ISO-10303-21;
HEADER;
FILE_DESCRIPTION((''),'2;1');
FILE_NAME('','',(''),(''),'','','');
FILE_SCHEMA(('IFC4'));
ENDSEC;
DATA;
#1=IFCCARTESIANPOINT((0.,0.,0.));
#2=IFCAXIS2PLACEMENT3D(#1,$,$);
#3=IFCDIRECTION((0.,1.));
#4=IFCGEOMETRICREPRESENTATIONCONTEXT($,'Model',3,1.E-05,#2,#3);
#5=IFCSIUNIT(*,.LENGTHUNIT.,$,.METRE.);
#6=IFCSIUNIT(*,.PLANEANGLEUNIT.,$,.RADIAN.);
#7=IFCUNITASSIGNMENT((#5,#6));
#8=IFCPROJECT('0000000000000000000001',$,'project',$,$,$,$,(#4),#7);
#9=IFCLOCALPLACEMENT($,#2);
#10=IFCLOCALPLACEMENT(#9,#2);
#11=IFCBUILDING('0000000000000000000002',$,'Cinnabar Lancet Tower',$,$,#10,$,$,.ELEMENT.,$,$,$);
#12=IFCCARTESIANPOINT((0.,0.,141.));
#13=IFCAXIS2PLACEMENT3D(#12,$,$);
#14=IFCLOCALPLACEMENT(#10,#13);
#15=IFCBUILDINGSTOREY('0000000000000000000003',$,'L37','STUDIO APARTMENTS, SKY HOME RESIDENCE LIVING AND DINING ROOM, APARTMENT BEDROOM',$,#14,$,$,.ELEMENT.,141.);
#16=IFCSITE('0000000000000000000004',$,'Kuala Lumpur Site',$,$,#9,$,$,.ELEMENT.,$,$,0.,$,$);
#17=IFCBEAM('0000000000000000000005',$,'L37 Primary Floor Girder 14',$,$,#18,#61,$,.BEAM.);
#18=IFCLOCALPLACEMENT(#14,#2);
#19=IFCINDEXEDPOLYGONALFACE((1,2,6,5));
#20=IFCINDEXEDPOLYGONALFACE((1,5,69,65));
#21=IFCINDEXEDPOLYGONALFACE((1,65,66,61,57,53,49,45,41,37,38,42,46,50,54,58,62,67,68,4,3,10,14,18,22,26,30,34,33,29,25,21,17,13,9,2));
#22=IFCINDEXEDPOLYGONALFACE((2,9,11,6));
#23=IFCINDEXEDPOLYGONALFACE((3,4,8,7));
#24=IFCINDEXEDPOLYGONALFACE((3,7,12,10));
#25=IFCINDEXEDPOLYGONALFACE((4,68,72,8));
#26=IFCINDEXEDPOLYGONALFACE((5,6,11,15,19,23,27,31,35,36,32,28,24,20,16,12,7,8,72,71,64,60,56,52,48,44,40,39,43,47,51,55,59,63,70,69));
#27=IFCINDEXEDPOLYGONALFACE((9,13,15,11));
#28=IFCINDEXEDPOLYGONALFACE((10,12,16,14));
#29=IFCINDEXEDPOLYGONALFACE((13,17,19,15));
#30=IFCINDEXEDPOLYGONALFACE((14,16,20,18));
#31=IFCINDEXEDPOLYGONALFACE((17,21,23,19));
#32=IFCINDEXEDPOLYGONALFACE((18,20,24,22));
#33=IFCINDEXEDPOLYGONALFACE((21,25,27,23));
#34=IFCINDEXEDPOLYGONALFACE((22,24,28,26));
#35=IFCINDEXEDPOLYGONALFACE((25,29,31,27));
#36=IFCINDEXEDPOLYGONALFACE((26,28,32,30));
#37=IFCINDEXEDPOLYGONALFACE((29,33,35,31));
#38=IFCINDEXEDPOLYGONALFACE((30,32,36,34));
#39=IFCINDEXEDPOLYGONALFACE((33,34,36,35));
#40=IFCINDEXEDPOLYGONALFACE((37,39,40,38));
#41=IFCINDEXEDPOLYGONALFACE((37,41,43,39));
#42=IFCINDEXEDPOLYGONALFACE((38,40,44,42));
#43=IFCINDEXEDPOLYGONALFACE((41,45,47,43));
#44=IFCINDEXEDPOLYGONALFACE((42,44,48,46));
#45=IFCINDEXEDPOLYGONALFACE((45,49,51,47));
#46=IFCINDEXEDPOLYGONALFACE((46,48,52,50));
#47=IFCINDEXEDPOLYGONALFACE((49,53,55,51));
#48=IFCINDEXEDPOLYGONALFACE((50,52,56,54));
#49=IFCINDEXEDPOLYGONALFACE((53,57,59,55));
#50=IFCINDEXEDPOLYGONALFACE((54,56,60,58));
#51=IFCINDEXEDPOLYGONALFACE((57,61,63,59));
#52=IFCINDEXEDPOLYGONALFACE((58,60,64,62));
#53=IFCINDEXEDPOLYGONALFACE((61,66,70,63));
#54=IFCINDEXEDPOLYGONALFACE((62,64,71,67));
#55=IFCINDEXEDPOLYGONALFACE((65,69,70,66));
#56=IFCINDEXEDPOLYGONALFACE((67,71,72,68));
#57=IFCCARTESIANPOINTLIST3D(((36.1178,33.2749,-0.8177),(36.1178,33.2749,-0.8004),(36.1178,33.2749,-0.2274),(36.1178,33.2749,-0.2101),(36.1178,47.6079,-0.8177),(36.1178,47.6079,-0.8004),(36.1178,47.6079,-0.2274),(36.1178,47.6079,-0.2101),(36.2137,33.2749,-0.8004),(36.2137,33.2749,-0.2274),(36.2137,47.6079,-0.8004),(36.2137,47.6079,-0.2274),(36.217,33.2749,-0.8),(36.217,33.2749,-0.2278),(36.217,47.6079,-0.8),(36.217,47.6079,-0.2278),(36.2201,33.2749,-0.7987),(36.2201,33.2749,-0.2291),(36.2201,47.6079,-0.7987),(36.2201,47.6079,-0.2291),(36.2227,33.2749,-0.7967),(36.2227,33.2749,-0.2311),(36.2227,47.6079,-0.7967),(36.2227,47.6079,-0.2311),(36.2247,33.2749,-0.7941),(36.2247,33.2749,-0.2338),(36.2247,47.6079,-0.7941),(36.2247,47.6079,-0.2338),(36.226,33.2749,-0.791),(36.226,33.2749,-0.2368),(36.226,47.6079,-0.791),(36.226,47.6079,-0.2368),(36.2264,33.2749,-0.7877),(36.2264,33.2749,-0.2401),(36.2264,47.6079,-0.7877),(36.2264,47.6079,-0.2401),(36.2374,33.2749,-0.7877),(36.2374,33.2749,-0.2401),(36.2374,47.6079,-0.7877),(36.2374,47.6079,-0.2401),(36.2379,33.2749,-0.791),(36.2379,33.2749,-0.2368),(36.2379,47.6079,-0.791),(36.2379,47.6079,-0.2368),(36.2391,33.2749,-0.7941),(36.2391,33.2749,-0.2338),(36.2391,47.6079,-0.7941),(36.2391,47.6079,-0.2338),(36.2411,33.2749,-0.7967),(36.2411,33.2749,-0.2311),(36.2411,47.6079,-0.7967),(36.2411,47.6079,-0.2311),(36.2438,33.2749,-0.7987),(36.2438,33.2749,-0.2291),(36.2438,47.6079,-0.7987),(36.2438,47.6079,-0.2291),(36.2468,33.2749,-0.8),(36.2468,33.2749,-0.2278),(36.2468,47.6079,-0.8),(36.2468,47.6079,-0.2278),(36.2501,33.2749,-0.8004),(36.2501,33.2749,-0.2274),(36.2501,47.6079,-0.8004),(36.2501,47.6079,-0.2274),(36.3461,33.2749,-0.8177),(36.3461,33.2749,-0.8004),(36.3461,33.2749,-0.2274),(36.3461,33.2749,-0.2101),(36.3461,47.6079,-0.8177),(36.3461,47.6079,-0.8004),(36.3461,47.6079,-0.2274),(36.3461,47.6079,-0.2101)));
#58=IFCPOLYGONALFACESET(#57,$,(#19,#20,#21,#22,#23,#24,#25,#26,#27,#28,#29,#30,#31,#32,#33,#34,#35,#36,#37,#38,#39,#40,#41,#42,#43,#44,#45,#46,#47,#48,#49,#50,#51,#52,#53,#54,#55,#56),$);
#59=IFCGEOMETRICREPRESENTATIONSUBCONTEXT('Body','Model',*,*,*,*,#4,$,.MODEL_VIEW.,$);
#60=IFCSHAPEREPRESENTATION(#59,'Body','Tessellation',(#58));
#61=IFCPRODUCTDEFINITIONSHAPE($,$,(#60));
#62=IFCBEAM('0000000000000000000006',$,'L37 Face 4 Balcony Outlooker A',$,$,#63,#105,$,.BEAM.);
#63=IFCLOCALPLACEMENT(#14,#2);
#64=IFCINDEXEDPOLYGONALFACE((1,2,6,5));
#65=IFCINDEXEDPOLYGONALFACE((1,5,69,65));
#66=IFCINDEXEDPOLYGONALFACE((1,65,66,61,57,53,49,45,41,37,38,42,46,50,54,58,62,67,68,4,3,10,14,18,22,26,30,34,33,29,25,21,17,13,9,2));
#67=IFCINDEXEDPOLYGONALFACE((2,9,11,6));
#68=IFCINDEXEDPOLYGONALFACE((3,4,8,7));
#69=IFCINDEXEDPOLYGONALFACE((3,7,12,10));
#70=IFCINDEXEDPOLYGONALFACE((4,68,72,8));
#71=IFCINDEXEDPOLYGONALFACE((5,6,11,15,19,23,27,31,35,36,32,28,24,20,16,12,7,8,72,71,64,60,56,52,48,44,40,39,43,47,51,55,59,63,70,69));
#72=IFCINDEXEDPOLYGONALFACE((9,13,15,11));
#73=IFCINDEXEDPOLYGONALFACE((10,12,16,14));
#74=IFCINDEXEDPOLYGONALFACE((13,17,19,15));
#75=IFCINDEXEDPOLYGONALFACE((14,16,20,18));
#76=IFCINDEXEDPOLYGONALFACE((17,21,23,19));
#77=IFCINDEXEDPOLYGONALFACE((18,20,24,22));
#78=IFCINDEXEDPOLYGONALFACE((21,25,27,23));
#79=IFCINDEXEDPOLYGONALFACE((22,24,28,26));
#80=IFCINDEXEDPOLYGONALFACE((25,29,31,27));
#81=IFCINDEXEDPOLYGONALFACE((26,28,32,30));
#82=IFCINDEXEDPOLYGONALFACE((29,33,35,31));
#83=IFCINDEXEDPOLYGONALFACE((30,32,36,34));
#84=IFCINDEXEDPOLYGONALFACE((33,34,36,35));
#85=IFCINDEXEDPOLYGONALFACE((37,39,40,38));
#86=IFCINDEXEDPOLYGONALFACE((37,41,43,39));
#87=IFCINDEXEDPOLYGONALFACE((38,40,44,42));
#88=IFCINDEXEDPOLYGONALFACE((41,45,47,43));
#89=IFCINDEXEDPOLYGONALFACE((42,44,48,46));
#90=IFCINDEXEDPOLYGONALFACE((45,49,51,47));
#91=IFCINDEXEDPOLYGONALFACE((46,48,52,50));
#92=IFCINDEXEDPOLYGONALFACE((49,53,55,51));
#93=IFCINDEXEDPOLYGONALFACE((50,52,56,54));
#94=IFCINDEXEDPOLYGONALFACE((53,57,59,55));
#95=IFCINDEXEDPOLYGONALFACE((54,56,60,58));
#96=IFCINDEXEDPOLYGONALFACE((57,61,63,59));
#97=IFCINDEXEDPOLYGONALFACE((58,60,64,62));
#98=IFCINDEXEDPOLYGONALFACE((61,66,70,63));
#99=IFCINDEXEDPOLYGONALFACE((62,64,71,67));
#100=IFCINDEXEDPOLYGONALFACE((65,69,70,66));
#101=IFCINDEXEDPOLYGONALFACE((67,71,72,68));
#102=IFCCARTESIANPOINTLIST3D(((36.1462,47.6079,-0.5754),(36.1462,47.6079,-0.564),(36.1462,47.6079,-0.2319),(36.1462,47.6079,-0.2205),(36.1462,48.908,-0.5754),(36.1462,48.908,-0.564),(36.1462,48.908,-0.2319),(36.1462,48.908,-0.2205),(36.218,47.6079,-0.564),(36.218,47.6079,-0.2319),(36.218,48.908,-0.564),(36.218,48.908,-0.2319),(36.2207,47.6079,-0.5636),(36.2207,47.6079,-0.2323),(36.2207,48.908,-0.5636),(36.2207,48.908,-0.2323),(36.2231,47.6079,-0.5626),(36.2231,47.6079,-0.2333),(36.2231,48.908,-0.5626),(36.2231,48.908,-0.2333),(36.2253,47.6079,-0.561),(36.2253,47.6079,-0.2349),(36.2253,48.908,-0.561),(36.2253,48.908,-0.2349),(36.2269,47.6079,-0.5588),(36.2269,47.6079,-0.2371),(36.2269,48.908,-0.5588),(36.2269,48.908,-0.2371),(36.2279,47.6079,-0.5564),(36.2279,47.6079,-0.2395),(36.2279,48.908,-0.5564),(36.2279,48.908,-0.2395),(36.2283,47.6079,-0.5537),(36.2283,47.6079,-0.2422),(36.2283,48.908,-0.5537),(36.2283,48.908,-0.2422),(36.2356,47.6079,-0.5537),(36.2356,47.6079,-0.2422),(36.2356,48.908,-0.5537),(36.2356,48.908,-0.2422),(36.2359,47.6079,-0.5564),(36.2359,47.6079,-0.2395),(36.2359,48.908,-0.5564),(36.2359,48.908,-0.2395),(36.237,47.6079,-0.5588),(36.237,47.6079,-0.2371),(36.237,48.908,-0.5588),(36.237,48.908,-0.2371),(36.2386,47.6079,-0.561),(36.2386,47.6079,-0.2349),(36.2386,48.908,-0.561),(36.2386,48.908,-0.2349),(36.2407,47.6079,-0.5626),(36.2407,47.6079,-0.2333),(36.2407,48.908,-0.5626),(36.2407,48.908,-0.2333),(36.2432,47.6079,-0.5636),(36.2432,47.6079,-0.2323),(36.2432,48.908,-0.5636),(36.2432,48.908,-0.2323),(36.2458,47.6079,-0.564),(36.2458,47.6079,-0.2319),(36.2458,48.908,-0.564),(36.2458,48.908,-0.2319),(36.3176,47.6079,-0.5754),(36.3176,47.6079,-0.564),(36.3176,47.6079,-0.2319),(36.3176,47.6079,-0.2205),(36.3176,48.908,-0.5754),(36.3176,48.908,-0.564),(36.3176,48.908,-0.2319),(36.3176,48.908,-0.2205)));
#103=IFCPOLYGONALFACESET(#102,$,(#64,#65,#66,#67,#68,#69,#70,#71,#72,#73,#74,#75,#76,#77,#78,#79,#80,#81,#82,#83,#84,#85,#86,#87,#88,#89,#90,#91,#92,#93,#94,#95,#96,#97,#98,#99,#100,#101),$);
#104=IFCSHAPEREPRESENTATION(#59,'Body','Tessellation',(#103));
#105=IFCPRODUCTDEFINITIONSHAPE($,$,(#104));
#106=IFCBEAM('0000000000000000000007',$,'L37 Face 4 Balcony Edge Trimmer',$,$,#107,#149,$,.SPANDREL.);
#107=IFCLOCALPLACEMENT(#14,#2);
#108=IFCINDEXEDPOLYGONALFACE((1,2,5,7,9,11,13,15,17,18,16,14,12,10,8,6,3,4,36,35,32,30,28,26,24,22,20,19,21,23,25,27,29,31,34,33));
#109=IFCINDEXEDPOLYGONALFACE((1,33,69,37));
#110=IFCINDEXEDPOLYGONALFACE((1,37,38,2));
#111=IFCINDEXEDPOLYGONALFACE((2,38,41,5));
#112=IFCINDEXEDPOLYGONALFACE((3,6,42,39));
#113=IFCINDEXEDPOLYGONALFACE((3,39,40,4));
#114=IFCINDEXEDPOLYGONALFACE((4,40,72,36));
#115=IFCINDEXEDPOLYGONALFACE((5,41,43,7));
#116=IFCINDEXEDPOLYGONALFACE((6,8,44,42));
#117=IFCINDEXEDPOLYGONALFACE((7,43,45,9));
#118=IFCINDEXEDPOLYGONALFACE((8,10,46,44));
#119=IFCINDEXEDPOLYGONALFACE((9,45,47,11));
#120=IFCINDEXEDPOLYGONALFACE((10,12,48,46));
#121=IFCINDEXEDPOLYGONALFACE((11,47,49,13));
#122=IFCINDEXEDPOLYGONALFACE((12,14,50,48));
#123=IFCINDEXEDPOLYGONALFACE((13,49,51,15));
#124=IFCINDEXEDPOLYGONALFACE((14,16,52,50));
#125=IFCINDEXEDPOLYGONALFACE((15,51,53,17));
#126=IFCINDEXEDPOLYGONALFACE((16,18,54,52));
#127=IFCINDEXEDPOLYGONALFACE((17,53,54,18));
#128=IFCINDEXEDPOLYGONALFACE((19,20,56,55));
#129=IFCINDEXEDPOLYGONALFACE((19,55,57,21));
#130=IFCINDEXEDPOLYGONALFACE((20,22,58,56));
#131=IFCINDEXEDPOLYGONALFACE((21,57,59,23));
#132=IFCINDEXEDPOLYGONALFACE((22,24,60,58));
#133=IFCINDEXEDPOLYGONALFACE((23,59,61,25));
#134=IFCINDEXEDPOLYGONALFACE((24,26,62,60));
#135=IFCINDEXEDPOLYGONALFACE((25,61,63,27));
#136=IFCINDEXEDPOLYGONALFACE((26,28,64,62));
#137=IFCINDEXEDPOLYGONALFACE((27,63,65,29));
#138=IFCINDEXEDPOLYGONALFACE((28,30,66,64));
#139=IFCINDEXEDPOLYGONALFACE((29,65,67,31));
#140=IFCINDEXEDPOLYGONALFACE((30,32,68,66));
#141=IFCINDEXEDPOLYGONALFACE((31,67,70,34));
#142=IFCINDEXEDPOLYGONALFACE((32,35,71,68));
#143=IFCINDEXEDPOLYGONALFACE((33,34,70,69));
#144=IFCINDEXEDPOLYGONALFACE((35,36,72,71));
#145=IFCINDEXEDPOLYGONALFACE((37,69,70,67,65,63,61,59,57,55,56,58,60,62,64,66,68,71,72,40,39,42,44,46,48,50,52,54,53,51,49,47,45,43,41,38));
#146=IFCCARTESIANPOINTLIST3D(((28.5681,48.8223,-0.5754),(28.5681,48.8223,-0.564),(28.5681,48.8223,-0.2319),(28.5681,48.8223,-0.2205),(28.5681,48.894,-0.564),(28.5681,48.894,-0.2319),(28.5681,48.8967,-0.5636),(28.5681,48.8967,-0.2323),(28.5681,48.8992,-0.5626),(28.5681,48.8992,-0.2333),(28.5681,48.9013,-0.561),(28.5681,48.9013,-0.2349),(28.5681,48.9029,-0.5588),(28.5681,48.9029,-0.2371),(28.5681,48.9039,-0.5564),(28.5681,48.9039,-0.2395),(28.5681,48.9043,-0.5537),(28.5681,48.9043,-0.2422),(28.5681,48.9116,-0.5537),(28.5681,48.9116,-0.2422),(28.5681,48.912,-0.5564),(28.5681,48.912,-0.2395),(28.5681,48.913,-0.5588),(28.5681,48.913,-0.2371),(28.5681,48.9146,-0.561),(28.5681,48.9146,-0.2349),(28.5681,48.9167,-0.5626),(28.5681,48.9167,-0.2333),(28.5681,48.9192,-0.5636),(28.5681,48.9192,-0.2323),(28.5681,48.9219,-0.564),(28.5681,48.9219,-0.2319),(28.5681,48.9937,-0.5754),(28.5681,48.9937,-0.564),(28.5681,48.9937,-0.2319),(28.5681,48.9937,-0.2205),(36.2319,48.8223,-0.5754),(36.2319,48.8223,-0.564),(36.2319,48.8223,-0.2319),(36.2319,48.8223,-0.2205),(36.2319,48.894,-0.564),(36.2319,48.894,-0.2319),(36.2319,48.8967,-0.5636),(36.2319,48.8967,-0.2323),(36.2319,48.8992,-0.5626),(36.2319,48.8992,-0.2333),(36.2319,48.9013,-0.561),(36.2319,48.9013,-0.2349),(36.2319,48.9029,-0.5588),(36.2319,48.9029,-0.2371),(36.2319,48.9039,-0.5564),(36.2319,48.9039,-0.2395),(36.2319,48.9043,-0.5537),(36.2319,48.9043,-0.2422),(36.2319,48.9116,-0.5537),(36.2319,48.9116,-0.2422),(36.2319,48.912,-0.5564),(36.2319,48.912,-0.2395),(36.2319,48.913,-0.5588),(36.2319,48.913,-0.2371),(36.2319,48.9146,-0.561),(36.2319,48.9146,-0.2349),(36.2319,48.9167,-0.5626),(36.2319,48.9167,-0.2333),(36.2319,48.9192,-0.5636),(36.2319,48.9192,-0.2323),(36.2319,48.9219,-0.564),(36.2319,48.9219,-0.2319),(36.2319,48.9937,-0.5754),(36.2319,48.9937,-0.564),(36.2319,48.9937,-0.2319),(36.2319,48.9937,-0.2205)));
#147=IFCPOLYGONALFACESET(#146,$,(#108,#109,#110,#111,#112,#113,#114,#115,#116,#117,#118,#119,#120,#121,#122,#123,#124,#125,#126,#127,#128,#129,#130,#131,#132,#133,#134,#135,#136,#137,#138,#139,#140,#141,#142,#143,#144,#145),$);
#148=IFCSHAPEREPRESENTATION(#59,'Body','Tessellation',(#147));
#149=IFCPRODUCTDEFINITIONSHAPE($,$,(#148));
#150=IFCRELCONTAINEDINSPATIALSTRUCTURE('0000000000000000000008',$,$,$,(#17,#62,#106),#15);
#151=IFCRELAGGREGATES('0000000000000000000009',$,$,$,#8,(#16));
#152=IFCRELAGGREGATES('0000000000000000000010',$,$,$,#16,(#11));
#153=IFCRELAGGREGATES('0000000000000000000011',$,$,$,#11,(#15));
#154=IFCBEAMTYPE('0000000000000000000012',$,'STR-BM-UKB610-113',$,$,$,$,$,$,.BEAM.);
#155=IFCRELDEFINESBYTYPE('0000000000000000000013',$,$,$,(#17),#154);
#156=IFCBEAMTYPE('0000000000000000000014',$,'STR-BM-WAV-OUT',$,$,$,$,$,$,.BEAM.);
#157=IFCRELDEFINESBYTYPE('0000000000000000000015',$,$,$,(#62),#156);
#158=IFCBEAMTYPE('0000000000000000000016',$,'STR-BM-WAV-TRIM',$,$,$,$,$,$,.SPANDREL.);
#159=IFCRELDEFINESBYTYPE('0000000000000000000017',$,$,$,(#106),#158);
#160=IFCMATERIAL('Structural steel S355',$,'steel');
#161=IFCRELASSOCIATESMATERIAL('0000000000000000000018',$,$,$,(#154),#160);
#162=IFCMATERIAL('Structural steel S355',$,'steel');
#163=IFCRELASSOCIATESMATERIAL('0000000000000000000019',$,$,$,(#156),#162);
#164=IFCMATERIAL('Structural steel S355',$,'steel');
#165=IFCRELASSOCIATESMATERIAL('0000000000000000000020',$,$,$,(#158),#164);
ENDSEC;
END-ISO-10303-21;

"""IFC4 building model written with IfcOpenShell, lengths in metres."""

from ifc_helpers import new_model, si_unit, direction, frame, origin, origin_2d, place, context, subcontext, project, spatial, i_section, extrude, material, material_profile, profile_set, type_object, element, save


model = new_model("IFC4")

# Units and contexts
model_context = context("Model", 3, precision=1e-05, world=origin(), true_north=direction((0.0, 1.0)))
body_context = subcontext(model_context, "Body", "Model", "MODEL_VIEW")
ifc_project = project(units=[si_unit("LENGTHUNIT", "METRE"), si_unit("PLANEANGLEUNIT", "RADIAN")], contexts=[model_context])

# Site, building, storey
site_placement = place(None, origin())
site = spatial("IfcSite", under=ifc_project, at=site_placement, Name="Kuala Lumpur Site", CompositionType="ELEMENT", RefElevation=0.0)
building_placement = place(site_placement, origin())
building = spatial("IfcBuilding", under=site, at=building_placement, Name="Cinnabar Lancet Tower", CompositionType="ELEMENT")
storey_placement = place(building_placement, frame((0.0, 0.0, 141.0)))
storey = spatial("IfcBuildingStorey", under=building, at=storey_placement, Name="L37", Description="STUDIO APARTMENTS, SKY HOME RESIDENCE LIVING AND DINING ROOM, APARTMENT BEDROOM", CompositionType="ELEMENT", Elevation=141.0)

# Beams
ifc_material_1 = material(Name="Structural steel S355", Category="steel")
ifc_material_profile_1 = material_profile(ifc_material_1, i_section(OverallWidth=0.2283, OverallDepth=0.6077, WebThickness=0.011, FlangeThickness=0.0173, FilletRadius=0.0127, at=origin_2d()), Name="UKB 610x229x113")
ifc_profile_set_1 = profile_set([ifc_material_profile_1], Name="Structural steel S355")
beam_type_1 = type_object("IfcBeamType", Name="STR-BM-UKB610-113", PredefinedType="BEAM", material=ifc_profile_set_1)
beam_1_placement = place(storey_placement, frame((36.2319, 47.6079, -0.5139), z_axis=(0.0, -1.0, 0.0), x_axis=(1.0, 0.0, 0.0)))
element("IfcBeam", 1, at=beam_1_placement, inside=storey, type_object=beam_type_1, Name="L37 Primary Floor Girder 14", PredefinedType="BEAM", context=body_context, shape_type="SweptSolid", body=[
    extrude(i_section(OverallWidth=0.2283, OverallDepth=0.6077, WebThickness=0.011, FlangeThickness=0.0173, FilletRadius=0.0127, at=origin_2d()), origin(), (0.0, 0.0, 1.0), 14.333),
])
ifc_material_2 = material(Name="Structural steel S355", Category="steel")
ifc_material_profile_2 = material_profile(ifc_material_2, i_section(OverallWidth=0.1714, OverallDepth=0.355, WebThickness=0.0073, FlangeThickness=0.0115, FilletRadius=0.0103, at=origin_2d()), Name="UKB 356x171x51")
ifc_profile_set_2 = profile_set([ifc_material_profile_2], Name="Structural steel S355")
beam_type_2 = type_object("IfcBeamType", Name="STR-BM-WAV-OUT", PredefinedType="BEAM", material=ifc_profile_set_2)
beam_2_placement = place(storey_placement, frame((36.2319, 47.6079, -0.3979), z_axis=(0.0, 1.0, 0.0), x_axis=(-1.0, 0.0, 0.0)))
element("IfcBeam", 2, at=beam_2_placement, inside=storey, type_object=beam_type_2, Name="L37 Face 4 Balcony Outlooker A", PredefinedType="BEAM", context=body_context, shape_type="SweptSolid", body=[
    extrude(i_section(OverallWidth=0.1714, OverallDepth=0.355, WebThickness=0.0073, FlangeThickness=0.0115, FilletRadius=0.0103, at=origin_2d()), origin(), (0.0, 0.0, 1.0), 1.3),
])
ifc_material_3 = material(Name="Structural steel S355", Category="steel")
ifc_material_profile_3 = material_profile(ifc_material_3, i_section(OverallWidth=0.1714, OverallDepth=0.355, WebThickness=0.0073, FlangeThickness=0.0115, FilletRadius=0.0103, at=origin_2d()), Name="UKB 356x171x51")
ifc_profile_set_3 = profile_set([ifc_material_profile_3], Name="Structural steel S355")
beam_type_3 = type_object("IfcBeamType", Name="STR-BM-WAV-TRIM", PredefinedType="SPANDREL", material=ifc_profile_set_3)
beam_3_placement = place(storey_placement, frame((36.2319, 48.908, -0.3979), z_axis=(-1.0, 0.0, 0.0), x_axis=(0.0, -1.0, 0.0)))
element("IfcBeam", 3, at=beam_3_placement, inside=storey, type_object=beam_type_3, Name="L37 Face 4 Balcony Edge Trimmer", PredefinedType="SPANDREL", context=body_context, shape_type="SweptSolid", body=[
    extrude(i_section(OverallWidth=0.1714, OverallDepth=0.355, WebThickness=0.0073, FlangeThickness=0.0115, FilletRadius=0.0103, at=origin_2d()), origin(), (0.0, 0.0, 1.0), 7.6638),
])

save(model, "model.ifc")
